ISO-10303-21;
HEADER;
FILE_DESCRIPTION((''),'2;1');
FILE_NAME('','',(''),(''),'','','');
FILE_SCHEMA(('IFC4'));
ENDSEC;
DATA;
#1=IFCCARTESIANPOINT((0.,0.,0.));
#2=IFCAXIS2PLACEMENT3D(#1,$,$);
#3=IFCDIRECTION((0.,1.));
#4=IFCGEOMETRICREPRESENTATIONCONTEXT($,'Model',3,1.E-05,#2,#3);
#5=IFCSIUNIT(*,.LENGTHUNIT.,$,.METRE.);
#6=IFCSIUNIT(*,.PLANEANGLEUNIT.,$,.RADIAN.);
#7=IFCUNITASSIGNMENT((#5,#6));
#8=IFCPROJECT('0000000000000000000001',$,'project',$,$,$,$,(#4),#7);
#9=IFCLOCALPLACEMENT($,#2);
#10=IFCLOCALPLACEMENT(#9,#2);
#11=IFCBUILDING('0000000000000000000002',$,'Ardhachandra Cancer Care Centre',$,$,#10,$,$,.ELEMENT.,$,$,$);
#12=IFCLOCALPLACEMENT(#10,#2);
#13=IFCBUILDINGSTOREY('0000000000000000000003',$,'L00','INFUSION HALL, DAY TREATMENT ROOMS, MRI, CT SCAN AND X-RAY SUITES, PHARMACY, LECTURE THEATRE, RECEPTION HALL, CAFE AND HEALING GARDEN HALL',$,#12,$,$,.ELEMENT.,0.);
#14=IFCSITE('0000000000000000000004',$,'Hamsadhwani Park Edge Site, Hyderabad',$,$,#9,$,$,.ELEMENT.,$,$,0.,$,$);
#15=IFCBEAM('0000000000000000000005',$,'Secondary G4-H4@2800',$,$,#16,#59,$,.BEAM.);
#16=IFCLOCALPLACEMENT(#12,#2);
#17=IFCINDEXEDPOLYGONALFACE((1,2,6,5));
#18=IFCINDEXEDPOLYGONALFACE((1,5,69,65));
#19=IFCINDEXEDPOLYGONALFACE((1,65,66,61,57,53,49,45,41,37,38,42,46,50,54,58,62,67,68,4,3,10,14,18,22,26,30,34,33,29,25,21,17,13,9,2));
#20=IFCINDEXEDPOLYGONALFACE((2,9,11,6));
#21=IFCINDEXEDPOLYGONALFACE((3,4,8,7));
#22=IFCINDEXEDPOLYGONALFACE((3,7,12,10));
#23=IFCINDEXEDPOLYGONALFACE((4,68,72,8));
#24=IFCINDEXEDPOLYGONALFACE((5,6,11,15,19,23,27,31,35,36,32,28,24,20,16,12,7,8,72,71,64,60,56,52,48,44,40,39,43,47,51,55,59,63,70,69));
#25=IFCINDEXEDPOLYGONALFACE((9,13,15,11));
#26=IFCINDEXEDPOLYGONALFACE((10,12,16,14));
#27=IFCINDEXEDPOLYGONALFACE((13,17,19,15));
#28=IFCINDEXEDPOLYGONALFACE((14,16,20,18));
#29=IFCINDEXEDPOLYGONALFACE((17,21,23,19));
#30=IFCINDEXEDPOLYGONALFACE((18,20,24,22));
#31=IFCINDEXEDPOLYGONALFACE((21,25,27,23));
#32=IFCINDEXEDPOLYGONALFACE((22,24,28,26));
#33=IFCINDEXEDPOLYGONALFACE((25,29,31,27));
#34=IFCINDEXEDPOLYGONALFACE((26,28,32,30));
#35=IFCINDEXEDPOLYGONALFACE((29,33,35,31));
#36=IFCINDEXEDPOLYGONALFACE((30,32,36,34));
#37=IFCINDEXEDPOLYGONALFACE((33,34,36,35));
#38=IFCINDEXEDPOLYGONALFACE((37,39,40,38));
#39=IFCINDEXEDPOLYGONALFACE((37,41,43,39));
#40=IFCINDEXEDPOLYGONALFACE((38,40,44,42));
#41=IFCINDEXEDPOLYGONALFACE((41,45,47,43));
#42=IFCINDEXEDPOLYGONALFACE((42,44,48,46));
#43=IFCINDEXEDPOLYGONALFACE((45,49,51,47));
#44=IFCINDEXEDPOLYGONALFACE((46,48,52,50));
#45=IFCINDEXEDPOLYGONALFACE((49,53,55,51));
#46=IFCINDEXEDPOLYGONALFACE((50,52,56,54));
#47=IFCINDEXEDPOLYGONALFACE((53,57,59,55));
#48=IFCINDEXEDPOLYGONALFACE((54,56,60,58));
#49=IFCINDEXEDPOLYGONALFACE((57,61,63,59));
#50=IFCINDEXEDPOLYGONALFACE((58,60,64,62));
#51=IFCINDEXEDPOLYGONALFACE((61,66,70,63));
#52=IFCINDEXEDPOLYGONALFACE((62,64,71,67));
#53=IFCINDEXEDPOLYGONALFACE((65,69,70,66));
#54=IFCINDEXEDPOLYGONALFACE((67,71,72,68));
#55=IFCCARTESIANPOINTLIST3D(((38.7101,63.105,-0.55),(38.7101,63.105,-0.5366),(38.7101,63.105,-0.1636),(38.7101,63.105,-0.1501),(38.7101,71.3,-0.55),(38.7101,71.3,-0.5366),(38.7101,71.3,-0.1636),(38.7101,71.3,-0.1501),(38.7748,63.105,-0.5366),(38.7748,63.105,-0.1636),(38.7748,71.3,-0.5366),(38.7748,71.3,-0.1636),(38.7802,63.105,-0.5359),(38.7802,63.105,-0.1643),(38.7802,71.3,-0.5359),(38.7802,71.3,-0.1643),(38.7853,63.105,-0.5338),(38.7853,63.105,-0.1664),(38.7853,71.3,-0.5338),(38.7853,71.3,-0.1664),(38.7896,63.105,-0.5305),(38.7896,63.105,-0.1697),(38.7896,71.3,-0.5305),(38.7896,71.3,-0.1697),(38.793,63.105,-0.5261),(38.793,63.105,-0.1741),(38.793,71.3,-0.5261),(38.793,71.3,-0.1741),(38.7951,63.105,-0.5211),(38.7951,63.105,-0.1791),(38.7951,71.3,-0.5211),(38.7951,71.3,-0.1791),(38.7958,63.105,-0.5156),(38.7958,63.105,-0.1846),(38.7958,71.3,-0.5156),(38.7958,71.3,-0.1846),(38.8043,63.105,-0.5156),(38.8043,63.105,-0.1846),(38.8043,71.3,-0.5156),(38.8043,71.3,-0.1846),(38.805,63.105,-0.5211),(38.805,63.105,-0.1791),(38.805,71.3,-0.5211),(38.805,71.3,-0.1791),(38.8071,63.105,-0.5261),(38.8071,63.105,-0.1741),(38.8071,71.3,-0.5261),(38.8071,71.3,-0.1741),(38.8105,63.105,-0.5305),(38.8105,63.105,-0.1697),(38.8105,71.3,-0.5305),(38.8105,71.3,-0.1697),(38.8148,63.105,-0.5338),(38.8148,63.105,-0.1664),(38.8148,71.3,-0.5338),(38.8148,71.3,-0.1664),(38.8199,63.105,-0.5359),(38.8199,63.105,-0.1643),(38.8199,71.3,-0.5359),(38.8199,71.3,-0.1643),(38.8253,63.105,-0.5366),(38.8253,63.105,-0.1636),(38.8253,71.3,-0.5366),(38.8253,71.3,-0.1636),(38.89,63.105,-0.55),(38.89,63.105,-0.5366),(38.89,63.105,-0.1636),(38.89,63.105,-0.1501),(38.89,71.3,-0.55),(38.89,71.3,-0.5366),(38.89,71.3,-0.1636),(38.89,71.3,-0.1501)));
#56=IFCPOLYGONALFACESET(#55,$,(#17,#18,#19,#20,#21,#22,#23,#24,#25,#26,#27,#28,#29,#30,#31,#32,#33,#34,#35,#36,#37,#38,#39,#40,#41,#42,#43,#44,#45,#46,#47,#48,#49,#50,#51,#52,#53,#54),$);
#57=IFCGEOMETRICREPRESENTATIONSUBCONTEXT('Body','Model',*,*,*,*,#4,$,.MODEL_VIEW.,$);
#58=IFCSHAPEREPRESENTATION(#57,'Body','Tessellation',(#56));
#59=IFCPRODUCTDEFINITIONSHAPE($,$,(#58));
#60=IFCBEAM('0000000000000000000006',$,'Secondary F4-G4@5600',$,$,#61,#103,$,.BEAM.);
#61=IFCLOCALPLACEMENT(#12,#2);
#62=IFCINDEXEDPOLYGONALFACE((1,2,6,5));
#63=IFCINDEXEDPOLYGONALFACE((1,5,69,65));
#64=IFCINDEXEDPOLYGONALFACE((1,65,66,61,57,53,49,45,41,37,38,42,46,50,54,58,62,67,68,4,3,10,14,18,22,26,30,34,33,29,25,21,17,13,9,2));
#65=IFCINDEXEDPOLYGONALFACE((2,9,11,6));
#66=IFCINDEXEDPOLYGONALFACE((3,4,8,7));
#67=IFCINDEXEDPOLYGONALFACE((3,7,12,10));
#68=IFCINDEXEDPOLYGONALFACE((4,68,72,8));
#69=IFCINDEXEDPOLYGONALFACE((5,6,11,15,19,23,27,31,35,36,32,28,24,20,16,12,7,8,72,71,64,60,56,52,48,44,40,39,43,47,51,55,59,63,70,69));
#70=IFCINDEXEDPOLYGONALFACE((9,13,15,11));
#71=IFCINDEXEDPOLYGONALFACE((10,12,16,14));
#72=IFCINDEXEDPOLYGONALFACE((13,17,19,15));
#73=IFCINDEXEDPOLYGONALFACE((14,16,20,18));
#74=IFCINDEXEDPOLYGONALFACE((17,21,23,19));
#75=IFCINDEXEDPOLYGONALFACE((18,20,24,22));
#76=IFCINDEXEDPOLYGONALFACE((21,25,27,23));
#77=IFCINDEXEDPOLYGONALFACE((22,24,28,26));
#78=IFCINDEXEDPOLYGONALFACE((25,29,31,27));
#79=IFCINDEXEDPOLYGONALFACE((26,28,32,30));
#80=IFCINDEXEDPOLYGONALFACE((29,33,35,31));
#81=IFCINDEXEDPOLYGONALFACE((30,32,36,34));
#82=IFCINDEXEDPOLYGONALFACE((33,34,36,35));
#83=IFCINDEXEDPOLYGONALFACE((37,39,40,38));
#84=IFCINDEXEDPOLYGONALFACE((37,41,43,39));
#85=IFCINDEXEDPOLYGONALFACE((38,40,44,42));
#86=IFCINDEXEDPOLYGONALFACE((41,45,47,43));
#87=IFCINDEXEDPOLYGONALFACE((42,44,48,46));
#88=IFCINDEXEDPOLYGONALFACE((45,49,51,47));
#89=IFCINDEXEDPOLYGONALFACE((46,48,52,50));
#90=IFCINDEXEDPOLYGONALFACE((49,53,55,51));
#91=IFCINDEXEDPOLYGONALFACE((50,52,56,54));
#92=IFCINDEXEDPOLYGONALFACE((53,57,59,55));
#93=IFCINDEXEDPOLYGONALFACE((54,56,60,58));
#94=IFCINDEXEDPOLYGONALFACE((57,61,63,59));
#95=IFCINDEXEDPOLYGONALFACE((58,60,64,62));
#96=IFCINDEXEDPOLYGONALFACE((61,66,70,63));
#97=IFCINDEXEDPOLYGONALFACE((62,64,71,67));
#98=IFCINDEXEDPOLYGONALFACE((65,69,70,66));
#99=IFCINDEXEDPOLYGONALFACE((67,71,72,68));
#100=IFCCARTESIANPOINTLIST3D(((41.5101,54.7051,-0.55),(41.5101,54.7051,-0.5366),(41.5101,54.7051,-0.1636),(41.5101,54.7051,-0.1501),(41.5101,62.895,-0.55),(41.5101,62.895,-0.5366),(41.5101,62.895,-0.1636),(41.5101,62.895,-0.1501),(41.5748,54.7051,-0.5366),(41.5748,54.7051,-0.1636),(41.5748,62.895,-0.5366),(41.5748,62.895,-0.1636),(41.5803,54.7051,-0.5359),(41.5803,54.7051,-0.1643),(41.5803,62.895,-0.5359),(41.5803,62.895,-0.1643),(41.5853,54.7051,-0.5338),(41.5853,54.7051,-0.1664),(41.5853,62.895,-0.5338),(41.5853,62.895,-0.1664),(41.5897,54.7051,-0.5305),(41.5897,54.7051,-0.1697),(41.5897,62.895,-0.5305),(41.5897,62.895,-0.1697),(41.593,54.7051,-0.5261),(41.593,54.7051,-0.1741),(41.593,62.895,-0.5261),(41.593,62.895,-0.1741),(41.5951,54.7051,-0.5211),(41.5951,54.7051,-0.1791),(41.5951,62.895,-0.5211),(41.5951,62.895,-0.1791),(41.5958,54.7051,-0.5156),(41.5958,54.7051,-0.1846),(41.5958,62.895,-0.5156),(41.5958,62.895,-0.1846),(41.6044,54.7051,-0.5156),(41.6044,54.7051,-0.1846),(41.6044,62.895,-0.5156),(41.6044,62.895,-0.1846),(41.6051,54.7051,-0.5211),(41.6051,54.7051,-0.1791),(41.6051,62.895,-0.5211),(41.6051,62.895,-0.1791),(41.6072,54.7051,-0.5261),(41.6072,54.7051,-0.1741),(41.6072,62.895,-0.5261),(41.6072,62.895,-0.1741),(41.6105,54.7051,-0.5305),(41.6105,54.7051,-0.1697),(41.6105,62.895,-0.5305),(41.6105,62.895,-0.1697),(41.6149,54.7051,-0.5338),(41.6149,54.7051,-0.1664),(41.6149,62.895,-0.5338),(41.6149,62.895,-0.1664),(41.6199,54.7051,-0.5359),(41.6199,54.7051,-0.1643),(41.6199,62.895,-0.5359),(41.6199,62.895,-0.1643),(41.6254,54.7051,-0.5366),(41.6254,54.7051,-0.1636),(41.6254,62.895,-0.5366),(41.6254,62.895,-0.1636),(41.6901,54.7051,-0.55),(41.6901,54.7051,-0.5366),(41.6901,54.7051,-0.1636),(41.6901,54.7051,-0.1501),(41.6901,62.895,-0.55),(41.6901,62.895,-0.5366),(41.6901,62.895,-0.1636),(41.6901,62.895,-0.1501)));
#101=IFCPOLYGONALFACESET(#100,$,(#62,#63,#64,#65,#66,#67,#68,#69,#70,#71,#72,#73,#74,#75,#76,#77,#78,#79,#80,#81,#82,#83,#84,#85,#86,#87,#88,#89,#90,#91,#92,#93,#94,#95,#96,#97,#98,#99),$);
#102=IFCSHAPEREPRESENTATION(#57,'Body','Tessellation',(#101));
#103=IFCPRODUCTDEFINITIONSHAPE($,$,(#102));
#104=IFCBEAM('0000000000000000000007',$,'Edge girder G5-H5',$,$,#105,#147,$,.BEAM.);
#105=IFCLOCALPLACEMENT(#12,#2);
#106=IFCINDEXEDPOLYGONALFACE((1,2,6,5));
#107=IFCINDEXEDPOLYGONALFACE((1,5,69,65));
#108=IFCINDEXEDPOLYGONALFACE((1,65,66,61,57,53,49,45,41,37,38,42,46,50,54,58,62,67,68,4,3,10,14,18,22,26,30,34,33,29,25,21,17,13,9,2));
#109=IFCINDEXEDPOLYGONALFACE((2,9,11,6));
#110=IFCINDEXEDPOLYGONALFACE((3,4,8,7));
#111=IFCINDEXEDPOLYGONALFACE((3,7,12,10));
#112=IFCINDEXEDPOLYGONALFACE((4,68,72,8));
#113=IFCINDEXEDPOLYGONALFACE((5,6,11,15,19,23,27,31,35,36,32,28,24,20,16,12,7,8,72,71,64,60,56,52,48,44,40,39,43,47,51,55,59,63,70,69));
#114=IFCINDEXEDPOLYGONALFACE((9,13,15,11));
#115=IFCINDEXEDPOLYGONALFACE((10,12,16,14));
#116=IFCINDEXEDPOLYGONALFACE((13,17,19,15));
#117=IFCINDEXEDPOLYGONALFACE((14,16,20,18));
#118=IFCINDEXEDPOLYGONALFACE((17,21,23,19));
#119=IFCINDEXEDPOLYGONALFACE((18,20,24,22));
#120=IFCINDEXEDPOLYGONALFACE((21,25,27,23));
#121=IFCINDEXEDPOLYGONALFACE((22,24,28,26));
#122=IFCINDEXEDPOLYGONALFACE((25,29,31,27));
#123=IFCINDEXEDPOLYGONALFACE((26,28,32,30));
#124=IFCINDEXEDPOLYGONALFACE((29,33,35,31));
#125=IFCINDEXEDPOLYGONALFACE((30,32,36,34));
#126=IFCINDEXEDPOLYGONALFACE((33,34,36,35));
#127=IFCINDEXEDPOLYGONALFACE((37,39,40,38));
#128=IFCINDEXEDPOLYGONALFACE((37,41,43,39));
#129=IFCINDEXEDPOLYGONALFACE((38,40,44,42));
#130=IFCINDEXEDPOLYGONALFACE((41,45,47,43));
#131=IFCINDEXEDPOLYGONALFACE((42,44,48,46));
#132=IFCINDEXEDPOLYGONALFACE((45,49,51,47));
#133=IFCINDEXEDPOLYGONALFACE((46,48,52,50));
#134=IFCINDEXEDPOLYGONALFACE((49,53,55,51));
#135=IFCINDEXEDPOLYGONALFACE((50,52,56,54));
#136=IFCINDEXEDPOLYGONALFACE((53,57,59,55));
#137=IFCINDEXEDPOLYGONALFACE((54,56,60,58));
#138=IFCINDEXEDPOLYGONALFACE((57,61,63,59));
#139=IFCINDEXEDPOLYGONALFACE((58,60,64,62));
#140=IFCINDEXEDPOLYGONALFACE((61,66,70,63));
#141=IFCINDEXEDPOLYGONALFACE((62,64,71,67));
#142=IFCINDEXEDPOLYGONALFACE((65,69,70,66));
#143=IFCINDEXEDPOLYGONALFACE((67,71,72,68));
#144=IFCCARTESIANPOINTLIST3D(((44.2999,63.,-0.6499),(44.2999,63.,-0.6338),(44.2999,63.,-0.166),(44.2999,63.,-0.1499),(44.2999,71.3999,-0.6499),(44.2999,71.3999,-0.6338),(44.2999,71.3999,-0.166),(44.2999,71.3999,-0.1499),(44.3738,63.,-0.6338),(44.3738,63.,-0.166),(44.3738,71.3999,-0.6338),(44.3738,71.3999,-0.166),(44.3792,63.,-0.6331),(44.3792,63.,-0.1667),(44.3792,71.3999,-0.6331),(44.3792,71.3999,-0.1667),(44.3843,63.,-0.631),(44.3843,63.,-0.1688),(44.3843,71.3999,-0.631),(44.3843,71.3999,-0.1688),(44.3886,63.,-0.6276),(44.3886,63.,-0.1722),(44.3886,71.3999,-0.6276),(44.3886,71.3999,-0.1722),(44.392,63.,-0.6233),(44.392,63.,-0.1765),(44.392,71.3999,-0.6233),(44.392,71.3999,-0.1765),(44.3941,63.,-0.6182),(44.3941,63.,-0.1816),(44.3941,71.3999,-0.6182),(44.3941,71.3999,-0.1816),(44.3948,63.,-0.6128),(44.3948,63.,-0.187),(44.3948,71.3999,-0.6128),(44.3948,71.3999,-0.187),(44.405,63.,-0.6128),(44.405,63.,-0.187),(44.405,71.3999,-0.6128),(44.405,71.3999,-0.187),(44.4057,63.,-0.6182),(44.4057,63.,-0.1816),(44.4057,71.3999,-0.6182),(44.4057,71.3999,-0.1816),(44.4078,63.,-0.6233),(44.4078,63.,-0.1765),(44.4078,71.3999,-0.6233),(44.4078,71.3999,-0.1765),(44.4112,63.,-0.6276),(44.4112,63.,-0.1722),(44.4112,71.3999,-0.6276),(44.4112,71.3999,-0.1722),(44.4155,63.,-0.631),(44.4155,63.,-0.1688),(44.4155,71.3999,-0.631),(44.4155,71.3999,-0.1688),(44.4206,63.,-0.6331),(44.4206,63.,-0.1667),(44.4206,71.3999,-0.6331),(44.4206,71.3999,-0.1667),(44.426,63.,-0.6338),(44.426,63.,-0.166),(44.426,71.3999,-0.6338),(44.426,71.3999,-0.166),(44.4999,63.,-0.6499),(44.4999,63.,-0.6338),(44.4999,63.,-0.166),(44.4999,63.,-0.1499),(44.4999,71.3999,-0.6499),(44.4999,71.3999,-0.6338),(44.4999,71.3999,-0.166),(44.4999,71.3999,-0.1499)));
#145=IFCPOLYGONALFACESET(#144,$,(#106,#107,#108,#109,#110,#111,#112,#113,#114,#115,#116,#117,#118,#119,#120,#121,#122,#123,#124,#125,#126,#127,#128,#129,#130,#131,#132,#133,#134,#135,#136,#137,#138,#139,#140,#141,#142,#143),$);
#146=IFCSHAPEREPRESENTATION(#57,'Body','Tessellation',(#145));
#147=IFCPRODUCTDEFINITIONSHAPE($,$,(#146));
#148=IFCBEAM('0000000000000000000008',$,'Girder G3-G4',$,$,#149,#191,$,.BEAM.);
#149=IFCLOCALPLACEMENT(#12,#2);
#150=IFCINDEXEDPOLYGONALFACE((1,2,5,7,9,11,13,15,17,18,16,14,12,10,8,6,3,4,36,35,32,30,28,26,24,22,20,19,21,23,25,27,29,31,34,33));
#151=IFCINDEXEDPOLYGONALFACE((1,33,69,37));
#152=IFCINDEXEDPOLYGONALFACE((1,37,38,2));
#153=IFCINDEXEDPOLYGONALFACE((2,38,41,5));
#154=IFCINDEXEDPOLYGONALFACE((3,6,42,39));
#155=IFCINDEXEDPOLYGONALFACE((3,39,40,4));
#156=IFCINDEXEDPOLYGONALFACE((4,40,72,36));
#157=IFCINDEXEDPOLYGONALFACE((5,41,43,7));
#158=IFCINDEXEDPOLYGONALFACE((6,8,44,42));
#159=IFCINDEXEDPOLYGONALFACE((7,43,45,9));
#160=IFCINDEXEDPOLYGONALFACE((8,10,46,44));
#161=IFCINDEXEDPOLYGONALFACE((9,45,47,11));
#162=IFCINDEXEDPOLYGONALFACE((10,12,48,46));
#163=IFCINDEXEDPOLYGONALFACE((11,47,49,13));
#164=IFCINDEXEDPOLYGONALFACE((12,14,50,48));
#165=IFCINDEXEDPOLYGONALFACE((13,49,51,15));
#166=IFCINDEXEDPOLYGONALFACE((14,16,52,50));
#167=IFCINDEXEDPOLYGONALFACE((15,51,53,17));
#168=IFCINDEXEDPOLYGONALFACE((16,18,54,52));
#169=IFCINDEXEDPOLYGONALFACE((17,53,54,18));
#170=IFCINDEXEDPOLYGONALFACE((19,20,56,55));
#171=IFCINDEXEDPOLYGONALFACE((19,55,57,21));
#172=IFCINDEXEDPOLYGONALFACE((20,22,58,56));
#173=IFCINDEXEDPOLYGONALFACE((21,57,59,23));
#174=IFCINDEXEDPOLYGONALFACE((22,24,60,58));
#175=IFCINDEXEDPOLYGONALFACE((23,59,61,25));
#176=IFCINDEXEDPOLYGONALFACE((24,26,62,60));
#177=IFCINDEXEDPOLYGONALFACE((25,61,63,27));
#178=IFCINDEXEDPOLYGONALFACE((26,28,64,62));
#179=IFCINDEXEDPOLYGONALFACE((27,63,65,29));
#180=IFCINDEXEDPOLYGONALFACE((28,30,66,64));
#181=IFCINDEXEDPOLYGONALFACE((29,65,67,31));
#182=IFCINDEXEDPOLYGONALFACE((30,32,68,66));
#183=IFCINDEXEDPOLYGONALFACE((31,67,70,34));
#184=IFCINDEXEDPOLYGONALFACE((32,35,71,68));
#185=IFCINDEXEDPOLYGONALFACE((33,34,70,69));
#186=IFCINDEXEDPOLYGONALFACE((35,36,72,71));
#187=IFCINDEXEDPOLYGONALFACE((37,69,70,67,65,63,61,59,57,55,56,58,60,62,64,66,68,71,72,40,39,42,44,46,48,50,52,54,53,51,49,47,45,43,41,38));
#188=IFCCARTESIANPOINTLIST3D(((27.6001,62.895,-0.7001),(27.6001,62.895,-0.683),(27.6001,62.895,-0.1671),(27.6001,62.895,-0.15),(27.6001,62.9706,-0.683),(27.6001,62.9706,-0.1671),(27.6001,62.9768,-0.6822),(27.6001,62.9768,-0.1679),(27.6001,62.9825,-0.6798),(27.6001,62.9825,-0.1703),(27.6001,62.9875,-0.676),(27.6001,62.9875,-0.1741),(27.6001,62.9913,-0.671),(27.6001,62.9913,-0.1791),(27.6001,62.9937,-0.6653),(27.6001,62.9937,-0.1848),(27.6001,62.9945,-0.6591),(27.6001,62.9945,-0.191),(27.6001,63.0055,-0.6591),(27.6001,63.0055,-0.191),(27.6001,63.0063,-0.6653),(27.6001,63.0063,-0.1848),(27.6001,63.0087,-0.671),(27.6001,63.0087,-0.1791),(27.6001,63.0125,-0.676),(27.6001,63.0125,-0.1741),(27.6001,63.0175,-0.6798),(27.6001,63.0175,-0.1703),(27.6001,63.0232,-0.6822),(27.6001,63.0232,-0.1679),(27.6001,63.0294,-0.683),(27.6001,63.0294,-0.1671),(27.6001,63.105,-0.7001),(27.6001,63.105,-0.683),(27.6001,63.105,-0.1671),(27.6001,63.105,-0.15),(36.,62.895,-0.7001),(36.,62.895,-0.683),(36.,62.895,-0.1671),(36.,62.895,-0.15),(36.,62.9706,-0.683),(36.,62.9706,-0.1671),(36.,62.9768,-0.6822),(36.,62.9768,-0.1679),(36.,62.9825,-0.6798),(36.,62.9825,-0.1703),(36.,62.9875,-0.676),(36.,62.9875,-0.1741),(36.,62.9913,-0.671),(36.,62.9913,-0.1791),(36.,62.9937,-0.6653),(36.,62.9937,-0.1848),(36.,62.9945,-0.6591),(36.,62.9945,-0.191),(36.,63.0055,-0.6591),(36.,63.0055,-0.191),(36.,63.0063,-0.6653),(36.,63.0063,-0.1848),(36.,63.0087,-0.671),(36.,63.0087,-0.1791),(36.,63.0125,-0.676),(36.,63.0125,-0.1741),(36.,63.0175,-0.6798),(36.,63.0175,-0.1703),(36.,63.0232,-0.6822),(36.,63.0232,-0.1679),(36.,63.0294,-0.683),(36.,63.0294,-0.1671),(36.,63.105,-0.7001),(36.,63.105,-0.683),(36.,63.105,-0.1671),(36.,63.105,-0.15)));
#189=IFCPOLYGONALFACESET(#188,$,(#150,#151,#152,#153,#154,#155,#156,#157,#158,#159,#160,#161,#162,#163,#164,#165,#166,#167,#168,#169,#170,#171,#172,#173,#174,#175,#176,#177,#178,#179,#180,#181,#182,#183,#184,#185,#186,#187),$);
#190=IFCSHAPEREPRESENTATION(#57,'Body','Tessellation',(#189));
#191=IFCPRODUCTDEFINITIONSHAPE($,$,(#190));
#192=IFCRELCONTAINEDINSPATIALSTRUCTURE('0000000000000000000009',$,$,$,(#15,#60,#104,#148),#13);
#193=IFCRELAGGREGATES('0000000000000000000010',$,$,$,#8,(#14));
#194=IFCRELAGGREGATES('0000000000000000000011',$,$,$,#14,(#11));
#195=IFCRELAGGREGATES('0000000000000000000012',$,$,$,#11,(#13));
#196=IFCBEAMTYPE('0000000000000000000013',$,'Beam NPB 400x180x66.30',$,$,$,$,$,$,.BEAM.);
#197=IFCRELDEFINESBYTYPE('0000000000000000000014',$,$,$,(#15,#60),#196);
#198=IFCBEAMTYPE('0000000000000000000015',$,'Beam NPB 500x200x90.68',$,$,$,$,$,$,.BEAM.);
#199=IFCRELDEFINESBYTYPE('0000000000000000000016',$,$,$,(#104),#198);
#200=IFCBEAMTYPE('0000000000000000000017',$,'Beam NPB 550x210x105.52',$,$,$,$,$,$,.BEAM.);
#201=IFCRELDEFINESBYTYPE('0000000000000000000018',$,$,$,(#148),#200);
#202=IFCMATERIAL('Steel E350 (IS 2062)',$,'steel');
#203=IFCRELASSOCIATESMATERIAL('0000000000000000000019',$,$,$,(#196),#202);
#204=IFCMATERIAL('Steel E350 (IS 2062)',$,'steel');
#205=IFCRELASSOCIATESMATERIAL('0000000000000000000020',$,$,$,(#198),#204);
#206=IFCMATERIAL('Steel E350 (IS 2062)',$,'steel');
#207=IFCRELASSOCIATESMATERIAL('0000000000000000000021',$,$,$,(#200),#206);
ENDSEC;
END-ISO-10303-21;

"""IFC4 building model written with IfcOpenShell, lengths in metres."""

from ifc_helpers import new_model, si_unit, direction, frame, origin, origin_2d, place, context, subcontext, project, spatial, i_section, extrude, material, material_profile, profile_set, type_object, element, save


model = new_model("IFC4")

# Units and contexts
model_context = context("Model", 3, precision=1e-05, world=origin(), true_north=direction((0.0, 1.0)))
body_context = subcontext(model_context, "Body", "Model", "MODEL_VIEW")
ifc_project = project(units=[si_unit("LENGTHUNIT", "METRE"), si_unit("PLANEANGLEUNIT", "RADIAN")], contexts=[model_context])

# Site, building, storey
site_placement = place(None, origin())
site = spatial("IfcSite", under=ifc_project, at=site_placement, Name="Hamsadhwani Park Edge Site, Hyderabad", CompositionType="ELEMENT", RefElevation=0.0)
building_placement = place(site_placement, origin())
building = spatial("IfcBuilding", under=site, at=building_placement, Name="Ardhachandra Cancer Care Centre", CompositionType="ELEMENT")
storey_placement = place(building_placement, origin())
storey = spatial("IfcBuildingStorey", under=building, at=storey_placement, Name="L00", Description="INFUSION HALL, DAY TREATMENT ROOMS, MRI, CT SCAN AND X-RAY SUITES, PHARMACY, LECTURE THEATRE, RECEPTION HALL, CAFE AND HEALING GARDEN HALL", CompositionType="ELEMENT", Elevation=0.0)

# Beams
ifc_material_1 = material(Name="Steel E350 (IS 2062)", Category="steel")
ifc_material_profile_1 = material_profile(ifc_material_1, i_section(OverallWidth=0.1799, OverallDepth=0.3999, WebThickness=0.0085, FlangeThickness=0.0134, FilletRadius=0.021, at=origin_2d()), Name="NPB 400x180x66.30")
ifc_profile_set_1 = profile_set([ifc_material_profile_1], Name="Steel E350 (IS 2062)")
beam_type_1 = type_object("IfcBeamType", Name="Beam NPB 400x180x66.30", PredefinedType="BEAM", material=ifc_profile_set_1)
beam_1_placement = place(storey_placement, frame((38.8, 63.105, -0.3501), z_axis=(0.0, 1.0, 0.0), x_axis=(-1.0, 0.0, 0.0)))
element("IfcBeam", 1, at=beam_1_placement, inside=storey, type_object=beam_type_1, Name="Secondary G4-H4@2800", PredefinedType="BEAM", context=body_context, shape_type="SweptSolid", body=[
    extrude(i_section(OverallWidth=0.1799, OverallDepth=0.3999, WebThickness=0.0085, FlangeThickness=0.0134, FilletRadius=0.021, at=origin_2d()), origin(), (0.0, 0.0, 1.0), 8.1951),
])
beam_2_placement = place(storey_placement, frame((41.6001, 54.7051, -0.3501), z_axis=(0.0, 1.0, 0.0), x_axis=(-1.0, 0.0, 0.0)))
element("IfcBeam", 2, at=beam_2_placement, inside=storey, type_object=beam_type_1, Name="Secondary F4-G4@5600", PredefinedType="BEAM", context=body_context, shape_type="SweptSolid", body=[
    extrude(i_section(OverallWidth=0.1799, OverallDepth=0.3999, WebThickness=0.0085, FlangeThickness=0.0134, FilletRadius=0.021, at=origin_2d()), origin(), (0.0, 0.0, 1.0), 8.1899),
])
ifc_material_2 = material(Name="Steel E350 (IS 2062)", Category="steel")
ifc_material_profile_2 = material_profile(ifc_material_2, i_section(OverallWidth=0.2, OverallDepth=0.5, WebThickness=0.0103, FlangeThickness=0.0161, FilletRadius=0.021, at=origin_2d()), Name="NPB 500x200x90.68")
ifc_profile_set_2 = profile_set([ifc_material_profile_2], Name="Steel E350 (IS 2062)")
beam_type_2 = type_object("IfcBeamType", Name="Beam NPB 500x200x90.68", PredefinedType="BEAM", material=ifc_profile_set_2)
beam_3_placement = place(storey_placement, frame((44.3999, 63.0, -0.3999), z_axis=(0.0, 1.0, 0.0), x_axis=(-1.0, 0.0, 0.0)))
element("IfcBeam", 3, at=beam_3_placement, inside=storey, type_object=beam_type_2, Name="Edge girder G5-H5", PredefinedType="BEAM", context=body_context, shape_type="SweptSolid", body=[
    extrude(i_section(OverallWidth=0.2, OverallDepth=0.5, WebThickness=0.0103, FlangeThickness=0.0161, FilletRadius=0.021, at=origin_2d()), origin(), (0.0, 0.0, 1.0), 8.3999),
])
ifc_material_3 = material(Name="Steel E350 (IS 2062)", Category="steel")
ifc_material_profile_3 = material_profile(ifc_material_3, i_section(OverallWidth=0.21, OverallDepth=0.55, WebThickness=0.011, FlangeThickness=0.0171, FilletRadius=0.0239, at=origin_2d()), Name="NPB 550x210x105.52")
ifc_profile_set_3 = profile_set([ifc_material_profile_3], Name="Steel E350 (IS 2062)")
beam_type_3 = type_object("IfcBeamType", Name="Beam NPB 550x210x105.52", PredefinedType="BEAM", material=ifc_profile_set_3)
for number, where, z_axis, x_axis, name in (
    (4, (27.6001, 63.0, -0.425), (1.0, 0.0, 0.0), (0.0, 1.0, 0.0), "Girder G3-G4"),
):
    element("IfcBeam", number, at=place(storey_placement, frame(where, z_axis=z_axis, x_axis=x_axis)), inside=storey, type_object=beam_type_3, Name=name, PredefinedType="BEAM", context=body_context, shape_type="SweptSolid", body=[
        extrude(i_section(OverallWidth=0.21, OverallDepth=0.55, WebThickness=0.011, FlangeThickness=0.0171, FilletRadius=0.0239, at=origin_2d()), origin(), (0.0, 0.0, 1.0), 8.3999),
    ])

save(model, "model.ifc")
